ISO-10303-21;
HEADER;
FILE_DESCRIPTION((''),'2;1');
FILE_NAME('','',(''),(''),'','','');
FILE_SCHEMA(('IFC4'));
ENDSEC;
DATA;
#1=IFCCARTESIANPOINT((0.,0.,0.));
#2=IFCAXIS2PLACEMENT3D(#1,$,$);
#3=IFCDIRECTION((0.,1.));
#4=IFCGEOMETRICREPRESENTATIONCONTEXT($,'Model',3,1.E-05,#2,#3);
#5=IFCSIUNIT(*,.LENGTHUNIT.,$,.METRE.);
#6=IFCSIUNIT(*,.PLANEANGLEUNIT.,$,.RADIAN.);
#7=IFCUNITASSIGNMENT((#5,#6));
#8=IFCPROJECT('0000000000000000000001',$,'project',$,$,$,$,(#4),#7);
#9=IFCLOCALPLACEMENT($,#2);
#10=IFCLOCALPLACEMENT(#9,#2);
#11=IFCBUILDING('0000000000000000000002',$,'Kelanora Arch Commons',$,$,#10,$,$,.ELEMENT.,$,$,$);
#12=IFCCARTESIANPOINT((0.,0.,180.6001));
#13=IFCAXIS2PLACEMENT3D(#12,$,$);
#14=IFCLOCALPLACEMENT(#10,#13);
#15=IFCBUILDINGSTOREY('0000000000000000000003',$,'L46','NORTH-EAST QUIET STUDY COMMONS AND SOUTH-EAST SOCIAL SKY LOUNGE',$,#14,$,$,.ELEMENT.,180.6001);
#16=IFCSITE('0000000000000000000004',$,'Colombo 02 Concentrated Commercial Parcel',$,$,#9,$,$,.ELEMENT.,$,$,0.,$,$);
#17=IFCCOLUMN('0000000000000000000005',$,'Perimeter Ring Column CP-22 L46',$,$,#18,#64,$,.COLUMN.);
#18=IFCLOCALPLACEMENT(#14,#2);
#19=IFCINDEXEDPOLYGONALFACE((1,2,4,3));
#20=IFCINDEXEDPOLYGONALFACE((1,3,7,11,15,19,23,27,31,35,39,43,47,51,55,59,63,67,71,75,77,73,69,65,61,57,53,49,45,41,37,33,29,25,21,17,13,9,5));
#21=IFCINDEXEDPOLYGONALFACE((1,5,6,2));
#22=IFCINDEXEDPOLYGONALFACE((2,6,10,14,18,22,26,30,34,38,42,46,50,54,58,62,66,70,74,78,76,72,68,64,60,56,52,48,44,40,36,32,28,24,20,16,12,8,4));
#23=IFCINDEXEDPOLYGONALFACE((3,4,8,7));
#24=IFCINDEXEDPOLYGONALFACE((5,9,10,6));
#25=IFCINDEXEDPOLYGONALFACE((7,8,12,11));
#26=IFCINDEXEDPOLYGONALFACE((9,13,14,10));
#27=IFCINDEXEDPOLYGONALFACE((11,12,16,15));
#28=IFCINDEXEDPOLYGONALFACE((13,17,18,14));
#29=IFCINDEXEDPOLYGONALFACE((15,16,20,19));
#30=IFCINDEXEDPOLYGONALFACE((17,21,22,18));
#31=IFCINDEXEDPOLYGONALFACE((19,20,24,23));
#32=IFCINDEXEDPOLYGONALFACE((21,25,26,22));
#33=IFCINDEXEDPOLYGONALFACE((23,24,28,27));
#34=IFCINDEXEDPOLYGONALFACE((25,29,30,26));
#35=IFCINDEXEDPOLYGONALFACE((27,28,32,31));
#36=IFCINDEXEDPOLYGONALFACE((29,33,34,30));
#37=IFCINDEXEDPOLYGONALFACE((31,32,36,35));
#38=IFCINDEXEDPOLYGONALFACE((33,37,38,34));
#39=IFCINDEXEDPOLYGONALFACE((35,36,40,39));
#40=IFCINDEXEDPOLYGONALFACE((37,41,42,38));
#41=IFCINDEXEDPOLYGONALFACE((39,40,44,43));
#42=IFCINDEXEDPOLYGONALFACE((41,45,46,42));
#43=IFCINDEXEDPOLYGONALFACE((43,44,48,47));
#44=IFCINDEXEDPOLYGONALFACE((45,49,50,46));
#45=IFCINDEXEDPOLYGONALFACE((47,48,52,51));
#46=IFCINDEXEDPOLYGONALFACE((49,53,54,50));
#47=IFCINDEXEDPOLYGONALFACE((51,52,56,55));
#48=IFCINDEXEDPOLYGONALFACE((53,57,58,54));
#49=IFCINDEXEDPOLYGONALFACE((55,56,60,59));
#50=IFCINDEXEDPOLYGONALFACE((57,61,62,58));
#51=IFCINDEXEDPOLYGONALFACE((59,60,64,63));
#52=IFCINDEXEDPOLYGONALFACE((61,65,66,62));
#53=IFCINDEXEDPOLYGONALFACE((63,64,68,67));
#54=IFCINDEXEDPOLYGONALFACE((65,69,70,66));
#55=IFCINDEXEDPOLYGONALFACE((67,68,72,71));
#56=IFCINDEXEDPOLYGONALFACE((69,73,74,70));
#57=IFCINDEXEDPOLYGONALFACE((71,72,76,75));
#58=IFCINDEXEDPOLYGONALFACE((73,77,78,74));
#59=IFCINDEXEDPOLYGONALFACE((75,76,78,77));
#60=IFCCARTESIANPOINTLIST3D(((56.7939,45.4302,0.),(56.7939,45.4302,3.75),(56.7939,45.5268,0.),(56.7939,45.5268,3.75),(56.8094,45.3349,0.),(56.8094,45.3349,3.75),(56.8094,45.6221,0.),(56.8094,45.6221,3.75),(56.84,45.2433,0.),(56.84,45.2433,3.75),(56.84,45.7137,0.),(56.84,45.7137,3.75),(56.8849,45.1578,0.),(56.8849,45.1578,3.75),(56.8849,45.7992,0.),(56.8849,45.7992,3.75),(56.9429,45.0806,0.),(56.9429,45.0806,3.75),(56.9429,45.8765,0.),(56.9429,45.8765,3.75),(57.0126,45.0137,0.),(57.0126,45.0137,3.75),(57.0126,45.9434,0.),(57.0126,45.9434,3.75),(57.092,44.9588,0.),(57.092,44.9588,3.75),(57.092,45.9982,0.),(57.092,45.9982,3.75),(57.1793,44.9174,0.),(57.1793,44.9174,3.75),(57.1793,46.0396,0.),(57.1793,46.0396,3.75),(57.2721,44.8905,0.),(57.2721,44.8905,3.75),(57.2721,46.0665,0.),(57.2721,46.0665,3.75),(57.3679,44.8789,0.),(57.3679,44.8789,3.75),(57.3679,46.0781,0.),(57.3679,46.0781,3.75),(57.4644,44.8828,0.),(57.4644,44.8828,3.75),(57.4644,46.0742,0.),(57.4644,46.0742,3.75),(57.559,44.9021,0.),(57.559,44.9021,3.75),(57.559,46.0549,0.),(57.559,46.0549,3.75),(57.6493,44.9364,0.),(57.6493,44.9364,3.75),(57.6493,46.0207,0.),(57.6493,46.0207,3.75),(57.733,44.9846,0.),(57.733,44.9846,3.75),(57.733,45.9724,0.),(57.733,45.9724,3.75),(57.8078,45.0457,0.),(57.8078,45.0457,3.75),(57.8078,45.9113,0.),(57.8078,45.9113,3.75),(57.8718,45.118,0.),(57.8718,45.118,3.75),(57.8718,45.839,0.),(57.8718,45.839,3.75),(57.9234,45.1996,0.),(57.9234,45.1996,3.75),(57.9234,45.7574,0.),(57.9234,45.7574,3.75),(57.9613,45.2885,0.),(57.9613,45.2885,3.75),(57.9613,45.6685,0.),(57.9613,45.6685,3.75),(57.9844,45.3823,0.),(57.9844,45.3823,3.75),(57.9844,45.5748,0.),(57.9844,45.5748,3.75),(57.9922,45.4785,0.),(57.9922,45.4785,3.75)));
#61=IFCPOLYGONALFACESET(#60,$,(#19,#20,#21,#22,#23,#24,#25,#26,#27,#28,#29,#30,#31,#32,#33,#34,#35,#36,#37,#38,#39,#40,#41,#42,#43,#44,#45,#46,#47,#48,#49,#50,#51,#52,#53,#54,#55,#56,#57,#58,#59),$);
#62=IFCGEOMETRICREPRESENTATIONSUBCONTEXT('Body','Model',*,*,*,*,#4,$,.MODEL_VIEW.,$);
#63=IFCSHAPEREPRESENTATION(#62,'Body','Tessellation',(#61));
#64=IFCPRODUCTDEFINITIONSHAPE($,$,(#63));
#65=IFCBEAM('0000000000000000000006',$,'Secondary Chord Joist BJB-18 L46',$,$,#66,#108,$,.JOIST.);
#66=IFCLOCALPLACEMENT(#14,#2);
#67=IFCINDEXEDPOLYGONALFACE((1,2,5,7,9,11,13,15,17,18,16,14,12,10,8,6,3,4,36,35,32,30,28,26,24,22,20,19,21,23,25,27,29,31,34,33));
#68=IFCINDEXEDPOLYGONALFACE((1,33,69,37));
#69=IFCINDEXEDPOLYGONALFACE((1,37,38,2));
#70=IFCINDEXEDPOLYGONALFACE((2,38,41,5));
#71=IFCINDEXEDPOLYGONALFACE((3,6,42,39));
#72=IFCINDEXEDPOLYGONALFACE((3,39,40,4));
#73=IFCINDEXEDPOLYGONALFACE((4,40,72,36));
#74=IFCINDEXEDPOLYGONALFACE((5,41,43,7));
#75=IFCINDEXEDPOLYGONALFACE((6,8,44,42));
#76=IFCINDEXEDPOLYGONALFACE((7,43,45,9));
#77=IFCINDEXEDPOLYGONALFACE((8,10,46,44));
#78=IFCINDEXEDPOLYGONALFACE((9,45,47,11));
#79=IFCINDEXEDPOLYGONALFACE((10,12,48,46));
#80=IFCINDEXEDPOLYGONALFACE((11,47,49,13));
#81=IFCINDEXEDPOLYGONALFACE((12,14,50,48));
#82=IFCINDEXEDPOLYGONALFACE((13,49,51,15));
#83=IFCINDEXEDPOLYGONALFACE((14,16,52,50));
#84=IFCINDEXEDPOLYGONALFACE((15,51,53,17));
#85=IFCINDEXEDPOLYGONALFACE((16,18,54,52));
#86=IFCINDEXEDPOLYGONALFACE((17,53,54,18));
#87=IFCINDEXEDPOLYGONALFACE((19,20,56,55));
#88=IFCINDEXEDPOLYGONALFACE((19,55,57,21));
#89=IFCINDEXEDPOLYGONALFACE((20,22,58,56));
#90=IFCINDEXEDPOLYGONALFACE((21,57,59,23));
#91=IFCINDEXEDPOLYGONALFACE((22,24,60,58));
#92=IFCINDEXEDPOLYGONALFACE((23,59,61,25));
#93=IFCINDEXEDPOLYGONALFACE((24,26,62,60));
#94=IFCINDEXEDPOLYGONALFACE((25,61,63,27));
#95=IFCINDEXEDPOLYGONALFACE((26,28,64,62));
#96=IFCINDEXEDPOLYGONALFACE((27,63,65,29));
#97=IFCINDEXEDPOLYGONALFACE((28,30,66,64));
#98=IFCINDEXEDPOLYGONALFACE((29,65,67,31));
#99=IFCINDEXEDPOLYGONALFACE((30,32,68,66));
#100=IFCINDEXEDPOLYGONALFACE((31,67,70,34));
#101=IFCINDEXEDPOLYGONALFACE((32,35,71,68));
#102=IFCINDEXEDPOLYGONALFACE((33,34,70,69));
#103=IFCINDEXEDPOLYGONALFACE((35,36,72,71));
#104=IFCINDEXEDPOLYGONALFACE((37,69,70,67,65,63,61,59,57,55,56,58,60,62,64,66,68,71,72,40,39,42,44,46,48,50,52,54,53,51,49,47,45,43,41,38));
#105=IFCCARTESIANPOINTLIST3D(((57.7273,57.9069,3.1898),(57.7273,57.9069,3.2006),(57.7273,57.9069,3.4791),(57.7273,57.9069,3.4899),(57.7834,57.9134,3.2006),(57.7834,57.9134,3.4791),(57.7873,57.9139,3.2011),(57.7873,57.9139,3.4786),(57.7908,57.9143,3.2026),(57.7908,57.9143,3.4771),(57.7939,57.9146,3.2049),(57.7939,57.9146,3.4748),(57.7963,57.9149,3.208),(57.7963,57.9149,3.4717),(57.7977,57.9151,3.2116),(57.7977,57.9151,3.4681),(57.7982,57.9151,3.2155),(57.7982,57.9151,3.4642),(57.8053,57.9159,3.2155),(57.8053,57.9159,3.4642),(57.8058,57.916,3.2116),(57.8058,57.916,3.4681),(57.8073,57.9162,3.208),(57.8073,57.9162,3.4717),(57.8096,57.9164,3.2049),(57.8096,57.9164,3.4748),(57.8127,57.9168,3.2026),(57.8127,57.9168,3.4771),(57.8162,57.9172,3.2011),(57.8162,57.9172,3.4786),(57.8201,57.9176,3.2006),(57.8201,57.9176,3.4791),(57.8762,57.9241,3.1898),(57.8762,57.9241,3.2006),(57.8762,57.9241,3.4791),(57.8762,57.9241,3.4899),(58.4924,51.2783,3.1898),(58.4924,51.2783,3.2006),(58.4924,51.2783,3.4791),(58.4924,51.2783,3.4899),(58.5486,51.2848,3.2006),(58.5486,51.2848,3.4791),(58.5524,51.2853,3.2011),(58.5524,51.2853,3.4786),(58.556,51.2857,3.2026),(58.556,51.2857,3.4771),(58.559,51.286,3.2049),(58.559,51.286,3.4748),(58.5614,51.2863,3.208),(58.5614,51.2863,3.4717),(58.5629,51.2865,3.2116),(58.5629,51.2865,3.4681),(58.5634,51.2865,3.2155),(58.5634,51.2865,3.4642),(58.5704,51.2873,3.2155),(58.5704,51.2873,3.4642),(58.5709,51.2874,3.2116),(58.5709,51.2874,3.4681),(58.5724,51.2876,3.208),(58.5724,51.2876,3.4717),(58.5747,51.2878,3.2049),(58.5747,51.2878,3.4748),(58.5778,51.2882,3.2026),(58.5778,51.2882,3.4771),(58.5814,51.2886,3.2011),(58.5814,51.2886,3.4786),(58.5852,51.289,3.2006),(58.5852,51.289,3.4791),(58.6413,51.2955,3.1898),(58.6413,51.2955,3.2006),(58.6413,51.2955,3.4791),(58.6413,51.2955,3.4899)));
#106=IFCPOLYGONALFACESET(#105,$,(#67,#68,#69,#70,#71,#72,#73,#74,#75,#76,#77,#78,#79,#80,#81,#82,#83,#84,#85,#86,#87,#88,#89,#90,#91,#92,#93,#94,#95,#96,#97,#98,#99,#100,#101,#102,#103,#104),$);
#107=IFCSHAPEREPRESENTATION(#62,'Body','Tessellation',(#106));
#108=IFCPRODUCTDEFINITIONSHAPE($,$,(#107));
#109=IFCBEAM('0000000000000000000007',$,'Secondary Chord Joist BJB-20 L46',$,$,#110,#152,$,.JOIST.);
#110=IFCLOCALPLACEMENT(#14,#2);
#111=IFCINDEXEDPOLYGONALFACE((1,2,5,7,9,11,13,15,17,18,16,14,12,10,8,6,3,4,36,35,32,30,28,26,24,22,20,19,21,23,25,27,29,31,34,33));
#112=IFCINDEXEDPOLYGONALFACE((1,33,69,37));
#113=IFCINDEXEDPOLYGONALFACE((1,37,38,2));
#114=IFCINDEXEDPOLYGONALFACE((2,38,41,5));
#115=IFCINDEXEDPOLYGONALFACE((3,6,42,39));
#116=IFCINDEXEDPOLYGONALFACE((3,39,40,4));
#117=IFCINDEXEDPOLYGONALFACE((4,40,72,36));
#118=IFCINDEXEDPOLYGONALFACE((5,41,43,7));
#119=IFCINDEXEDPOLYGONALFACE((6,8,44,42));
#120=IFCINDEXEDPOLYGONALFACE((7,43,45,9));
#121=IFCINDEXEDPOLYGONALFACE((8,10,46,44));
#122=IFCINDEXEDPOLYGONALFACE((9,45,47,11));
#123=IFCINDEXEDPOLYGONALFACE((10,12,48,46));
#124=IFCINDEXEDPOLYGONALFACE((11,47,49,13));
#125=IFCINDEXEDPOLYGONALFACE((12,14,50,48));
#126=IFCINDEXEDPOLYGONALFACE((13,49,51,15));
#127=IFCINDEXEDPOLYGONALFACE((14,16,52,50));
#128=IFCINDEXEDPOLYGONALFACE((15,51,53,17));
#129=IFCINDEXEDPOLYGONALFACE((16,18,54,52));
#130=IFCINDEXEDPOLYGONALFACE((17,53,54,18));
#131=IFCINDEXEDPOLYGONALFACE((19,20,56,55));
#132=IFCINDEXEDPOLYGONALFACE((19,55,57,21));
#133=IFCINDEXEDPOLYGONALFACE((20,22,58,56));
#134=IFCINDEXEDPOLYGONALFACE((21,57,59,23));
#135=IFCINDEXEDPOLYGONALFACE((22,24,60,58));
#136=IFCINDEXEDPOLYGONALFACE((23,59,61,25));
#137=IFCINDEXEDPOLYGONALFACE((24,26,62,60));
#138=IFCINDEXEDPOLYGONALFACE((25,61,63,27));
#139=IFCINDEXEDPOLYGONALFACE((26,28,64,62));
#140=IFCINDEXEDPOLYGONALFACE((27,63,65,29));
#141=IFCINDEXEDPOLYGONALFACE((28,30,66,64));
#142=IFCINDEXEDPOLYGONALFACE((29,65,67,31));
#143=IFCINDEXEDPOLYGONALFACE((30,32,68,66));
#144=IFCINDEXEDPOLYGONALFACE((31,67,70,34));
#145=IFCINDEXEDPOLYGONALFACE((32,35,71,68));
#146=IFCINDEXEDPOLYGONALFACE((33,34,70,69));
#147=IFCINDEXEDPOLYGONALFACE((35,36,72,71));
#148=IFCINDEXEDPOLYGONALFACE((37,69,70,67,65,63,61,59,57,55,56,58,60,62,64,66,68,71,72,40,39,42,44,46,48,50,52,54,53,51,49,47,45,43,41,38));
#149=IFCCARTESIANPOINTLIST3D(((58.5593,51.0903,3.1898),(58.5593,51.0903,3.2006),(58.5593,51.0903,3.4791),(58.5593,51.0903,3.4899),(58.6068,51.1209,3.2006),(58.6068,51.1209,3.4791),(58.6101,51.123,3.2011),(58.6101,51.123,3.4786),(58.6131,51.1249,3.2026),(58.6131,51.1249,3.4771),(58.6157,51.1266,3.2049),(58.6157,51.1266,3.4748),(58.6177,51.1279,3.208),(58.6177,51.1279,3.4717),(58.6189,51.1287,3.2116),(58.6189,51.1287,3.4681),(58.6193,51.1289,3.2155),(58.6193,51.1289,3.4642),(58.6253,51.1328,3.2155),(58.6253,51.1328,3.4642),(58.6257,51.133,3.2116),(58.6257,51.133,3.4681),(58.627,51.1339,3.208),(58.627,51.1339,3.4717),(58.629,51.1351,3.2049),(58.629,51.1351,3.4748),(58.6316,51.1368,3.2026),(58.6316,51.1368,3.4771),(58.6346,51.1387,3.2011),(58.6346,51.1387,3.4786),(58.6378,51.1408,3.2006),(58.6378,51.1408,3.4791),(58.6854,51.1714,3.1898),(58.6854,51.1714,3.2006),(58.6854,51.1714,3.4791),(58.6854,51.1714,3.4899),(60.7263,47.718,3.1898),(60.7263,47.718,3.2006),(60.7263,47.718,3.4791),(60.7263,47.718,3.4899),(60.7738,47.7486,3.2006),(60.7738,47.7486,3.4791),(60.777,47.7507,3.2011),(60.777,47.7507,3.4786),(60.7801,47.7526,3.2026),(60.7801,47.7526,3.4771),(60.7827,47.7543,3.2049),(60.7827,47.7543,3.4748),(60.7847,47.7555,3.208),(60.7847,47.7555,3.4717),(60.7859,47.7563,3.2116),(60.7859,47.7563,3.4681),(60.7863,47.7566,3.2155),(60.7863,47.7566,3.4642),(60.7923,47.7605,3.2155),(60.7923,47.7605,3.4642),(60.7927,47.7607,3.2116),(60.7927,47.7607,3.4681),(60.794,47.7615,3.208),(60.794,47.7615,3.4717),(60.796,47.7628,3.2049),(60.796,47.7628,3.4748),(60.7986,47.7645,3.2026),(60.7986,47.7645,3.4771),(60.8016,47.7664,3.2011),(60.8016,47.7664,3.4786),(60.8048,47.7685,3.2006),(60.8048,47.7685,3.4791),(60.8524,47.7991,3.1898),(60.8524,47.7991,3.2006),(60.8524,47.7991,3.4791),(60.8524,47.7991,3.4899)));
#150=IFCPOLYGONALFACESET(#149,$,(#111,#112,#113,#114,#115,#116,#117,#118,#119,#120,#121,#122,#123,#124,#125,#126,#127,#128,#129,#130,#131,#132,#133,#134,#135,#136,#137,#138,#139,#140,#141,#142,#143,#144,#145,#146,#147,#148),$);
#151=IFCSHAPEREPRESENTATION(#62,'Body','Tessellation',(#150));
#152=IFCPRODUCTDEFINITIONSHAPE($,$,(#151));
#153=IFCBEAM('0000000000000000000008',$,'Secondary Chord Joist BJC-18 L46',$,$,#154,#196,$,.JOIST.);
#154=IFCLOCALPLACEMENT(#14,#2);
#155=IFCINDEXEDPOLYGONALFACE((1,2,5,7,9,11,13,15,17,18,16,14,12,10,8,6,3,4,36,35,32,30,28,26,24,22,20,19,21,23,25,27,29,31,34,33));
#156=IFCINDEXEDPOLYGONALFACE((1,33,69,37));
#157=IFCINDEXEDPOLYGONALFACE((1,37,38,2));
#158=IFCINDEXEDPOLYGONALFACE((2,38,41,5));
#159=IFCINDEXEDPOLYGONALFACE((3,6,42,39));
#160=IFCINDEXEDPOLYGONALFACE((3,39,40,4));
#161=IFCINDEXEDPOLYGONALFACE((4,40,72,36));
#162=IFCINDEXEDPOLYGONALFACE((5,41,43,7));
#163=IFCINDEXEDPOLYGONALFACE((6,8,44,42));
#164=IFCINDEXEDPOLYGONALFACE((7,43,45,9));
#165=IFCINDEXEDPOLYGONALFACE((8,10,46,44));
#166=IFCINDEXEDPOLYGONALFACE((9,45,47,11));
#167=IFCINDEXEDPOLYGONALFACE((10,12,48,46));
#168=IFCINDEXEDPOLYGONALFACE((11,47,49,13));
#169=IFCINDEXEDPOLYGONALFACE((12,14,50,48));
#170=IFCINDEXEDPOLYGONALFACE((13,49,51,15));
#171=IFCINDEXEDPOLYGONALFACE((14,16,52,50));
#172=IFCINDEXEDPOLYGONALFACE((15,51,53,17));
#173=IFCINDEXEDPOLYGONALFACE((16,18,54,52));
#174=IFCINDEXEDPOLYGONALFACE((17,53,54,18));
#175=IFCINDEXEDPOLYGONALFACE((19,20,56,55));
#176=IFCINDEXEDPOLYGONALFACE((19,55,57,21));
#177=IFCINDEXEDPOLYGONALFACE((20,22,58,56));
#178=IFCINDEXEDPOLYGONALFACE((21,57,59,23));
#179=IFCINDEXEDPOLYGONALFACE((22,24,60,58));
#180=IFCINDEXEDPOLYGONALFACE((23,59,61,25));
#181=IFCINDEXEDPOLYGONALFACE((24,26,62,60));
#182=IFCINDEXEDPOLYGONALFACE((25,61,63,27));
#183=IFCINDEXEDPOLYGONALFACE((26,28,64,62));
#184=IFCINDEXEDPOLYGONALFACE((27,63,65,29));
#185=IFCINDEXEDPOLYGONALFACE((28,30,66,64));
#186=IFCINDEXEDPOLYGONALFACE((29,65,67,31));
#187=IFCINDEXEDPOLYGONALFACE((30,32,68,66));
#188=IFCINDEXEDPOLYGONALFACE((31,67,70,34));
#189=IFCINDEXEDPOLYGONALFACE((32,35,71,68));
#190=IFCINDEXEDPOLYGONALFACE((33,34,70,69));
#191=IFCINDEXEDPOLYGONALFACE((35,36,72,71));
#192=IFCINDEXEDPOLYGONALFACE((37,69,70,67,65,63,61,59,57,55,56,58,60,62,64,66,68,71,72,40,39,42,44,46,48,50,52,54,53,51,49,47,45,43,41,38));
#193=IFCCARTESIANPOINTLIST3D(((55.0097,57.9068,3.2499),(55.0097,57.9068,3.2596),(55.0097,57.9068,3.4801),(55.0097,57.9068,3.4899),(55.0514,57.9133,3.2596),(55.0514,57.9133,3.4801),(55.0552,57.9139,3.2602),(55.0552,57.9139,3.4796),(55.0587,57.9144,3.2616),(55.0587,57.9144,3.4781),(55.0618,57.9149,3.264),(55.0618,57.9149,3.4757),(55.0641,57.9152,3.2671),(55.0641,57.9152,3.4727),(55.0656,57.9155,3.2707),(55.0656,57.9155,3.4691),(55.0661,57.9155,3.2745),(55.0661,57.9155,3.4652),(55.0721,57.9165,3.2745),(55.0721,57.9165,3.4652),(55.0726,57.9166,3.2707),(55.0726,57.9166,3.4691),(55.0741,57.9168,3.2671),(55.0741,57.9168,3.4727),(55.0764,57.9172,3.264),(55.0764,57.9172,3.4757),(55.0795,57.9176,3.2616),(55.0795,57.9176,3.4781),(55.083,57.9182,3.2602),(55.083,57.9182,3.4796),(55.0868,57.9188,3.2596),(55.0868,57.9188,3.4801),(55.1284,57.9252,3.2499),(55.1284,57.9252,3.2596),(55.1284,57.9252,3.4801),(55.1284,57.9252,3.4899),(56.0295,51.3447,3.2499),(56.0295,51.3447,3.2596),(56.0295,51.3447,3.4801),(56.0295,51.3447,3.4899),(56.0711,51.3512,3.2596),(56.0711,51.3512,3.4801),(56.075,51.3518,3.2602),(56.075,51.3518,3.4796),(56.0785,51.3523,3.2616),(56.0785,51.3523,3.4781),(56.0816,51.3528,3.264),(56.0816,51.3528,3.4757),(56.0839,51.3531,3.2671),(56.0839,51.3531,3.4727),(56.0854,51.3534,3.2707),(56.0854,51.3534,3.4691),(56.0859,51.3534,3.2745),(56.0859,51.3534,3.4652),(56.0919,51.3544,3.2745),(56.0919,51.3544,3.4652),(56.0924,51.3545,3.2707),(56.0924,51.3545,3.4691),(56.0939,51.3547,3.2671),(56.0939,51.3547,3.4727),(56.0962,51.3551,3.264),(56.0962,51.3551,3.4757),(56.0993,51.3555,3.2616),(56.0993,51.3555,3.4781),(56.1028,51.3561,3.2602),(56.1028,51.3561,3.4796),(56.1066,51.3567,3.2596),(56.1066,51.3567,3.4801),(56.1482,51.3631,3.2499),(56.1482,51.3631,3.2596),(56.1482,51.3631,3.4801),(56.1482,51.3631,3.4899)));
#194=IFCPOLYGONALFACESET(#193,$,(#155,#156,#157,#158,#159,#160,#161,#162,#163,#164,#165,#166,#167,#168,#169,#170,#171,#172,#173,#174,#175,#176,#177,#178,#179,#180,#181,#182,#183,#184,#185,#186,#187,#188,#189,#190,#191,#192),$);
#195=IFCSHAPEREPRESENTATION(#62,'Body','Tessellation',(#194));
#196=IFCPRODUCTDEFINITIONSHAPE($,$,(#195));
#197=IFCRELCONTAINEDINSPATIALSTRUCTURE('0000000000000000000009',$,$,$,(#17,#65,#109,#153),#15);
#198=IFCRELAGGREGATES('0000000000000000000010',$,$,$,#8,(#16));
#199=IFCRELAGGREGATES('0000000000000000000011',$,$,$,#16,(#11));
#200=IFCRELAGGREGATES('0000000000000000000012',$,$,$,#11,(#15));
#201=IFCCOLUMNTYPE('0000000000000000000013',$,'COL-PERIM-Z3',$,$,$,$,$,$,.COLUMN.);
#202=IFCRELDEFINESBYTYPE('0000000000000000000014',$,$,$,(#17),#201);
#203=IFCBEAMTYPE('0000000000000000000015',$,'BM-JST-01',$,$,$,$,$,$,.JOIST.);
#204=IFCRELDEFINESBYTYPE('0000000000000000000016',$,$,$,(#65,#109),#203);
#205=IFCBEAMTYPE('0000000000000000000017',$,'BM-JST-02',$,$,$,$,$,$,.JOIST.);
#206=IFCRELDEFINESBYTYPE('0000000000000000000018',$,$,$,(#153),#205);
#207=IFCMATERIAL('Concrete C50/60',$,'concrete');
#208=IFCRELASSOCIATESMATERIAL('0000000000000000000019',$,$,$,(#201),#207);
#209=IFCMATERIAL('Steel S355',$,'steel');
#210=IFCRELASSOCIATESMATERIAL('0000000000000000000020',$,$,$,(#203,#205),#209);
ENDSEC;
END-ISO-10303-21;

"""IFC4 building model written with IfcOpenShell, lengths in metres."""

from ifc_helpers import new_model, si_unit, direction, frame, origin, origin_2d, place, context, subcontext, project, spatial, circle, i_section, extrude, material, material_profile, profile_set, type_object, element, save


model = new_model("IFC4")

# Units and contexts
model_context = context("Model", 3, precision=1e-05, world=origin(), true_north=direction((0.0, 1.0)))
body_context = subcontext(model_context, "Body", "Model", "MODEL_VIEW")
ifc_project = project(units=[si_unit("LENGTHUNIT", "METRE"), si_unit("PLANEANGLEUNIT", "RADIAN")], contexts=[model_context])

# Site, building, storey
site_placement = place(None, origin())
site = spatial("IfcSite", under=ifc_project, at=site_placement, Name="Colombo 02 Concentrated Commercial Parcel", CompositionType="ELEMENT", RefElevation=0.0)
building_placement = place(site_placement, origin())
building = spatial("IfcBuilding", under=site, at=building_placement, Name="Kelanora Arch Commons", CompositionType="ELEMENT")
storey_placement = place(building_placement, frame((0.0, 0.0, 180.6001)))
storey = spatial("IfcBuildingStorey", under=building, at=storey_placement, Name="L46", Description="NORTH-EAST QUIET STUDY COMMONS AND SOUTH-EAST SOCIAL SKY LOUNGE", CompositionType="ELEMENT", Elevation=180.6001)

# Column
ifc_material_1 = material(Name="Concrete C50/60", Category="concrete")
ifc_material_profile_1 = material_profile(ifc_material_1, circle(Radius=0.6001, at=origin_2d()), Name="RCC1200")
ifc_profile_set_1 = profile_set([ifc_material_profile_1], Name="Concrete C50/60")
column_type = type_object("IfcColumnType", Name="COL-PERIM-Z3", PredefinedType="COLUMN", material=ifc_profile_set_1)
column_placement = place(storey_placement, frame((57.3921, 45.4785, 0.0), z_axis=(0.0, 0.0, 1.0), x_axis=(1.0, 0.0, 0.0)))
element("IfcColumn", 1, at=column_placement, inside=storey, type_object=column_type, Name="Perimeter Ring Column CP-22 L46", PredefinedType="COLUMN", context=body_context, shape_type="SweptSolid", body=[
    extrude(circle(Radius=0.6001, at=origin_2d()), origin(), (0.0, 0.0, 1.0), 3.75),
])

# Beams
ifc_material_2 = material(Name="Steel S355", Category="steel")
ifc_material_profile_2 = material_profile(ifc_material_2, i_section(OverallWidth=0.1499, OverallDepth=0.3, WebThickness=0.0071, FlangeThickness=0.0107, FilletRadius=0.0149, at=origin_2d()), Name="IPE300")
ifc_profile_set_2 = profile_set([ifc_material_profile_2], Name="Steel S355")
beam_type_1 = type_object("IfcBeamType", Name="BM-JST-01", PredefinedType="JOIST", material=ifc_profile_set_2)
beam_1_placement = place(storey_placement, frame((57.8018, 57.9155, 3.3398), z_axis=(0.114667, -0.993404, 0.0), x_axis=(0.993404, 0.114667, 0.0)))
element("IfcBeam", 2, at=beam_1_placement, inside=storey, type_object=beam_type_1, Name="Secondary Chord Joist BJB-18 L46", PredefinedType="JOIST", context=body_context, shape_type="SweptSolid", body=[
    extrude(i_section(OverallWidth=0.1499, OverallDepth=0.3, WebThickness=0.0071, FlangeThickness=0.0107, FilletRadius=0.0149, at=origin_2d()), origin(), (0.0, 0.0, 1.0), 6.6726),
])
beam_2_placement = place(storey_placement, frame((58.6223, 51.1309, 3.3398), z_axis=(0.540594, -0.841283, 0.0), x_axis=(0.841283, 0.540594, 0.0)))
element("IfcBeam", 3, at=beam_2_placement, inside=storey, type_object=beam_type_1, Name="Secondary Chord Joist BJB-20 L46", PredefinedType="JOIST", context=body_context, shape_type="SweptSolid", body=[
    extrude(i_section(OverallWidth=0.1499, OverallDepth=0.3, WebThickness=0.0071, FlangeThickness=0.0107, FilletRadius=0.0149, at=origin_2d()), origin(), (0.0, 0.0, 1.0), 4.0085),
])
ifc_material_profile_3 = material_profile(ifc_material_2, i_section(OverallWidth=0.1201, OverallDepth=0.24, WebThickness=0.0061, FlangeThickness=0.0098, FilletRadius=0.0149, at=origin_2d()), Name="IPE240")
ifc_profile_set_3 = profile_set([ifc_material_profile_3], Name="Steel S355")
beam_type_2 = type_object("IfcBeamType", Name="BM-JST-02", PredefinedType="JOIST", material=ifc_profile_set_3)
beam_3_placement = place(storey_placement, frame((55.0691, 57.916, 3.3699), z_axis=(0.153563, -0.988139, 0.0), x_axis=(0.988139, 0.153563, 0.0)))
element("IfcBeam", 4, at=beam_3_placement, inside=storey, type_object=beam_type_2, Name="Secondary Chord Joist BJC-18 L46", PredefinedType="JOIST", context=body_context, shape_type="SweptSolid", body=[
    extrude(i_section(OverallWidth=0.1201, OverallDepth=0.24, WebThickness=0.0061, FlangeThickness=0.0098, FilletRadius=0.0149, at=origin_2d()), origin(), (0.0, 0.0, 1.0), 6.6409),
])

save(model, "model.ifc")
